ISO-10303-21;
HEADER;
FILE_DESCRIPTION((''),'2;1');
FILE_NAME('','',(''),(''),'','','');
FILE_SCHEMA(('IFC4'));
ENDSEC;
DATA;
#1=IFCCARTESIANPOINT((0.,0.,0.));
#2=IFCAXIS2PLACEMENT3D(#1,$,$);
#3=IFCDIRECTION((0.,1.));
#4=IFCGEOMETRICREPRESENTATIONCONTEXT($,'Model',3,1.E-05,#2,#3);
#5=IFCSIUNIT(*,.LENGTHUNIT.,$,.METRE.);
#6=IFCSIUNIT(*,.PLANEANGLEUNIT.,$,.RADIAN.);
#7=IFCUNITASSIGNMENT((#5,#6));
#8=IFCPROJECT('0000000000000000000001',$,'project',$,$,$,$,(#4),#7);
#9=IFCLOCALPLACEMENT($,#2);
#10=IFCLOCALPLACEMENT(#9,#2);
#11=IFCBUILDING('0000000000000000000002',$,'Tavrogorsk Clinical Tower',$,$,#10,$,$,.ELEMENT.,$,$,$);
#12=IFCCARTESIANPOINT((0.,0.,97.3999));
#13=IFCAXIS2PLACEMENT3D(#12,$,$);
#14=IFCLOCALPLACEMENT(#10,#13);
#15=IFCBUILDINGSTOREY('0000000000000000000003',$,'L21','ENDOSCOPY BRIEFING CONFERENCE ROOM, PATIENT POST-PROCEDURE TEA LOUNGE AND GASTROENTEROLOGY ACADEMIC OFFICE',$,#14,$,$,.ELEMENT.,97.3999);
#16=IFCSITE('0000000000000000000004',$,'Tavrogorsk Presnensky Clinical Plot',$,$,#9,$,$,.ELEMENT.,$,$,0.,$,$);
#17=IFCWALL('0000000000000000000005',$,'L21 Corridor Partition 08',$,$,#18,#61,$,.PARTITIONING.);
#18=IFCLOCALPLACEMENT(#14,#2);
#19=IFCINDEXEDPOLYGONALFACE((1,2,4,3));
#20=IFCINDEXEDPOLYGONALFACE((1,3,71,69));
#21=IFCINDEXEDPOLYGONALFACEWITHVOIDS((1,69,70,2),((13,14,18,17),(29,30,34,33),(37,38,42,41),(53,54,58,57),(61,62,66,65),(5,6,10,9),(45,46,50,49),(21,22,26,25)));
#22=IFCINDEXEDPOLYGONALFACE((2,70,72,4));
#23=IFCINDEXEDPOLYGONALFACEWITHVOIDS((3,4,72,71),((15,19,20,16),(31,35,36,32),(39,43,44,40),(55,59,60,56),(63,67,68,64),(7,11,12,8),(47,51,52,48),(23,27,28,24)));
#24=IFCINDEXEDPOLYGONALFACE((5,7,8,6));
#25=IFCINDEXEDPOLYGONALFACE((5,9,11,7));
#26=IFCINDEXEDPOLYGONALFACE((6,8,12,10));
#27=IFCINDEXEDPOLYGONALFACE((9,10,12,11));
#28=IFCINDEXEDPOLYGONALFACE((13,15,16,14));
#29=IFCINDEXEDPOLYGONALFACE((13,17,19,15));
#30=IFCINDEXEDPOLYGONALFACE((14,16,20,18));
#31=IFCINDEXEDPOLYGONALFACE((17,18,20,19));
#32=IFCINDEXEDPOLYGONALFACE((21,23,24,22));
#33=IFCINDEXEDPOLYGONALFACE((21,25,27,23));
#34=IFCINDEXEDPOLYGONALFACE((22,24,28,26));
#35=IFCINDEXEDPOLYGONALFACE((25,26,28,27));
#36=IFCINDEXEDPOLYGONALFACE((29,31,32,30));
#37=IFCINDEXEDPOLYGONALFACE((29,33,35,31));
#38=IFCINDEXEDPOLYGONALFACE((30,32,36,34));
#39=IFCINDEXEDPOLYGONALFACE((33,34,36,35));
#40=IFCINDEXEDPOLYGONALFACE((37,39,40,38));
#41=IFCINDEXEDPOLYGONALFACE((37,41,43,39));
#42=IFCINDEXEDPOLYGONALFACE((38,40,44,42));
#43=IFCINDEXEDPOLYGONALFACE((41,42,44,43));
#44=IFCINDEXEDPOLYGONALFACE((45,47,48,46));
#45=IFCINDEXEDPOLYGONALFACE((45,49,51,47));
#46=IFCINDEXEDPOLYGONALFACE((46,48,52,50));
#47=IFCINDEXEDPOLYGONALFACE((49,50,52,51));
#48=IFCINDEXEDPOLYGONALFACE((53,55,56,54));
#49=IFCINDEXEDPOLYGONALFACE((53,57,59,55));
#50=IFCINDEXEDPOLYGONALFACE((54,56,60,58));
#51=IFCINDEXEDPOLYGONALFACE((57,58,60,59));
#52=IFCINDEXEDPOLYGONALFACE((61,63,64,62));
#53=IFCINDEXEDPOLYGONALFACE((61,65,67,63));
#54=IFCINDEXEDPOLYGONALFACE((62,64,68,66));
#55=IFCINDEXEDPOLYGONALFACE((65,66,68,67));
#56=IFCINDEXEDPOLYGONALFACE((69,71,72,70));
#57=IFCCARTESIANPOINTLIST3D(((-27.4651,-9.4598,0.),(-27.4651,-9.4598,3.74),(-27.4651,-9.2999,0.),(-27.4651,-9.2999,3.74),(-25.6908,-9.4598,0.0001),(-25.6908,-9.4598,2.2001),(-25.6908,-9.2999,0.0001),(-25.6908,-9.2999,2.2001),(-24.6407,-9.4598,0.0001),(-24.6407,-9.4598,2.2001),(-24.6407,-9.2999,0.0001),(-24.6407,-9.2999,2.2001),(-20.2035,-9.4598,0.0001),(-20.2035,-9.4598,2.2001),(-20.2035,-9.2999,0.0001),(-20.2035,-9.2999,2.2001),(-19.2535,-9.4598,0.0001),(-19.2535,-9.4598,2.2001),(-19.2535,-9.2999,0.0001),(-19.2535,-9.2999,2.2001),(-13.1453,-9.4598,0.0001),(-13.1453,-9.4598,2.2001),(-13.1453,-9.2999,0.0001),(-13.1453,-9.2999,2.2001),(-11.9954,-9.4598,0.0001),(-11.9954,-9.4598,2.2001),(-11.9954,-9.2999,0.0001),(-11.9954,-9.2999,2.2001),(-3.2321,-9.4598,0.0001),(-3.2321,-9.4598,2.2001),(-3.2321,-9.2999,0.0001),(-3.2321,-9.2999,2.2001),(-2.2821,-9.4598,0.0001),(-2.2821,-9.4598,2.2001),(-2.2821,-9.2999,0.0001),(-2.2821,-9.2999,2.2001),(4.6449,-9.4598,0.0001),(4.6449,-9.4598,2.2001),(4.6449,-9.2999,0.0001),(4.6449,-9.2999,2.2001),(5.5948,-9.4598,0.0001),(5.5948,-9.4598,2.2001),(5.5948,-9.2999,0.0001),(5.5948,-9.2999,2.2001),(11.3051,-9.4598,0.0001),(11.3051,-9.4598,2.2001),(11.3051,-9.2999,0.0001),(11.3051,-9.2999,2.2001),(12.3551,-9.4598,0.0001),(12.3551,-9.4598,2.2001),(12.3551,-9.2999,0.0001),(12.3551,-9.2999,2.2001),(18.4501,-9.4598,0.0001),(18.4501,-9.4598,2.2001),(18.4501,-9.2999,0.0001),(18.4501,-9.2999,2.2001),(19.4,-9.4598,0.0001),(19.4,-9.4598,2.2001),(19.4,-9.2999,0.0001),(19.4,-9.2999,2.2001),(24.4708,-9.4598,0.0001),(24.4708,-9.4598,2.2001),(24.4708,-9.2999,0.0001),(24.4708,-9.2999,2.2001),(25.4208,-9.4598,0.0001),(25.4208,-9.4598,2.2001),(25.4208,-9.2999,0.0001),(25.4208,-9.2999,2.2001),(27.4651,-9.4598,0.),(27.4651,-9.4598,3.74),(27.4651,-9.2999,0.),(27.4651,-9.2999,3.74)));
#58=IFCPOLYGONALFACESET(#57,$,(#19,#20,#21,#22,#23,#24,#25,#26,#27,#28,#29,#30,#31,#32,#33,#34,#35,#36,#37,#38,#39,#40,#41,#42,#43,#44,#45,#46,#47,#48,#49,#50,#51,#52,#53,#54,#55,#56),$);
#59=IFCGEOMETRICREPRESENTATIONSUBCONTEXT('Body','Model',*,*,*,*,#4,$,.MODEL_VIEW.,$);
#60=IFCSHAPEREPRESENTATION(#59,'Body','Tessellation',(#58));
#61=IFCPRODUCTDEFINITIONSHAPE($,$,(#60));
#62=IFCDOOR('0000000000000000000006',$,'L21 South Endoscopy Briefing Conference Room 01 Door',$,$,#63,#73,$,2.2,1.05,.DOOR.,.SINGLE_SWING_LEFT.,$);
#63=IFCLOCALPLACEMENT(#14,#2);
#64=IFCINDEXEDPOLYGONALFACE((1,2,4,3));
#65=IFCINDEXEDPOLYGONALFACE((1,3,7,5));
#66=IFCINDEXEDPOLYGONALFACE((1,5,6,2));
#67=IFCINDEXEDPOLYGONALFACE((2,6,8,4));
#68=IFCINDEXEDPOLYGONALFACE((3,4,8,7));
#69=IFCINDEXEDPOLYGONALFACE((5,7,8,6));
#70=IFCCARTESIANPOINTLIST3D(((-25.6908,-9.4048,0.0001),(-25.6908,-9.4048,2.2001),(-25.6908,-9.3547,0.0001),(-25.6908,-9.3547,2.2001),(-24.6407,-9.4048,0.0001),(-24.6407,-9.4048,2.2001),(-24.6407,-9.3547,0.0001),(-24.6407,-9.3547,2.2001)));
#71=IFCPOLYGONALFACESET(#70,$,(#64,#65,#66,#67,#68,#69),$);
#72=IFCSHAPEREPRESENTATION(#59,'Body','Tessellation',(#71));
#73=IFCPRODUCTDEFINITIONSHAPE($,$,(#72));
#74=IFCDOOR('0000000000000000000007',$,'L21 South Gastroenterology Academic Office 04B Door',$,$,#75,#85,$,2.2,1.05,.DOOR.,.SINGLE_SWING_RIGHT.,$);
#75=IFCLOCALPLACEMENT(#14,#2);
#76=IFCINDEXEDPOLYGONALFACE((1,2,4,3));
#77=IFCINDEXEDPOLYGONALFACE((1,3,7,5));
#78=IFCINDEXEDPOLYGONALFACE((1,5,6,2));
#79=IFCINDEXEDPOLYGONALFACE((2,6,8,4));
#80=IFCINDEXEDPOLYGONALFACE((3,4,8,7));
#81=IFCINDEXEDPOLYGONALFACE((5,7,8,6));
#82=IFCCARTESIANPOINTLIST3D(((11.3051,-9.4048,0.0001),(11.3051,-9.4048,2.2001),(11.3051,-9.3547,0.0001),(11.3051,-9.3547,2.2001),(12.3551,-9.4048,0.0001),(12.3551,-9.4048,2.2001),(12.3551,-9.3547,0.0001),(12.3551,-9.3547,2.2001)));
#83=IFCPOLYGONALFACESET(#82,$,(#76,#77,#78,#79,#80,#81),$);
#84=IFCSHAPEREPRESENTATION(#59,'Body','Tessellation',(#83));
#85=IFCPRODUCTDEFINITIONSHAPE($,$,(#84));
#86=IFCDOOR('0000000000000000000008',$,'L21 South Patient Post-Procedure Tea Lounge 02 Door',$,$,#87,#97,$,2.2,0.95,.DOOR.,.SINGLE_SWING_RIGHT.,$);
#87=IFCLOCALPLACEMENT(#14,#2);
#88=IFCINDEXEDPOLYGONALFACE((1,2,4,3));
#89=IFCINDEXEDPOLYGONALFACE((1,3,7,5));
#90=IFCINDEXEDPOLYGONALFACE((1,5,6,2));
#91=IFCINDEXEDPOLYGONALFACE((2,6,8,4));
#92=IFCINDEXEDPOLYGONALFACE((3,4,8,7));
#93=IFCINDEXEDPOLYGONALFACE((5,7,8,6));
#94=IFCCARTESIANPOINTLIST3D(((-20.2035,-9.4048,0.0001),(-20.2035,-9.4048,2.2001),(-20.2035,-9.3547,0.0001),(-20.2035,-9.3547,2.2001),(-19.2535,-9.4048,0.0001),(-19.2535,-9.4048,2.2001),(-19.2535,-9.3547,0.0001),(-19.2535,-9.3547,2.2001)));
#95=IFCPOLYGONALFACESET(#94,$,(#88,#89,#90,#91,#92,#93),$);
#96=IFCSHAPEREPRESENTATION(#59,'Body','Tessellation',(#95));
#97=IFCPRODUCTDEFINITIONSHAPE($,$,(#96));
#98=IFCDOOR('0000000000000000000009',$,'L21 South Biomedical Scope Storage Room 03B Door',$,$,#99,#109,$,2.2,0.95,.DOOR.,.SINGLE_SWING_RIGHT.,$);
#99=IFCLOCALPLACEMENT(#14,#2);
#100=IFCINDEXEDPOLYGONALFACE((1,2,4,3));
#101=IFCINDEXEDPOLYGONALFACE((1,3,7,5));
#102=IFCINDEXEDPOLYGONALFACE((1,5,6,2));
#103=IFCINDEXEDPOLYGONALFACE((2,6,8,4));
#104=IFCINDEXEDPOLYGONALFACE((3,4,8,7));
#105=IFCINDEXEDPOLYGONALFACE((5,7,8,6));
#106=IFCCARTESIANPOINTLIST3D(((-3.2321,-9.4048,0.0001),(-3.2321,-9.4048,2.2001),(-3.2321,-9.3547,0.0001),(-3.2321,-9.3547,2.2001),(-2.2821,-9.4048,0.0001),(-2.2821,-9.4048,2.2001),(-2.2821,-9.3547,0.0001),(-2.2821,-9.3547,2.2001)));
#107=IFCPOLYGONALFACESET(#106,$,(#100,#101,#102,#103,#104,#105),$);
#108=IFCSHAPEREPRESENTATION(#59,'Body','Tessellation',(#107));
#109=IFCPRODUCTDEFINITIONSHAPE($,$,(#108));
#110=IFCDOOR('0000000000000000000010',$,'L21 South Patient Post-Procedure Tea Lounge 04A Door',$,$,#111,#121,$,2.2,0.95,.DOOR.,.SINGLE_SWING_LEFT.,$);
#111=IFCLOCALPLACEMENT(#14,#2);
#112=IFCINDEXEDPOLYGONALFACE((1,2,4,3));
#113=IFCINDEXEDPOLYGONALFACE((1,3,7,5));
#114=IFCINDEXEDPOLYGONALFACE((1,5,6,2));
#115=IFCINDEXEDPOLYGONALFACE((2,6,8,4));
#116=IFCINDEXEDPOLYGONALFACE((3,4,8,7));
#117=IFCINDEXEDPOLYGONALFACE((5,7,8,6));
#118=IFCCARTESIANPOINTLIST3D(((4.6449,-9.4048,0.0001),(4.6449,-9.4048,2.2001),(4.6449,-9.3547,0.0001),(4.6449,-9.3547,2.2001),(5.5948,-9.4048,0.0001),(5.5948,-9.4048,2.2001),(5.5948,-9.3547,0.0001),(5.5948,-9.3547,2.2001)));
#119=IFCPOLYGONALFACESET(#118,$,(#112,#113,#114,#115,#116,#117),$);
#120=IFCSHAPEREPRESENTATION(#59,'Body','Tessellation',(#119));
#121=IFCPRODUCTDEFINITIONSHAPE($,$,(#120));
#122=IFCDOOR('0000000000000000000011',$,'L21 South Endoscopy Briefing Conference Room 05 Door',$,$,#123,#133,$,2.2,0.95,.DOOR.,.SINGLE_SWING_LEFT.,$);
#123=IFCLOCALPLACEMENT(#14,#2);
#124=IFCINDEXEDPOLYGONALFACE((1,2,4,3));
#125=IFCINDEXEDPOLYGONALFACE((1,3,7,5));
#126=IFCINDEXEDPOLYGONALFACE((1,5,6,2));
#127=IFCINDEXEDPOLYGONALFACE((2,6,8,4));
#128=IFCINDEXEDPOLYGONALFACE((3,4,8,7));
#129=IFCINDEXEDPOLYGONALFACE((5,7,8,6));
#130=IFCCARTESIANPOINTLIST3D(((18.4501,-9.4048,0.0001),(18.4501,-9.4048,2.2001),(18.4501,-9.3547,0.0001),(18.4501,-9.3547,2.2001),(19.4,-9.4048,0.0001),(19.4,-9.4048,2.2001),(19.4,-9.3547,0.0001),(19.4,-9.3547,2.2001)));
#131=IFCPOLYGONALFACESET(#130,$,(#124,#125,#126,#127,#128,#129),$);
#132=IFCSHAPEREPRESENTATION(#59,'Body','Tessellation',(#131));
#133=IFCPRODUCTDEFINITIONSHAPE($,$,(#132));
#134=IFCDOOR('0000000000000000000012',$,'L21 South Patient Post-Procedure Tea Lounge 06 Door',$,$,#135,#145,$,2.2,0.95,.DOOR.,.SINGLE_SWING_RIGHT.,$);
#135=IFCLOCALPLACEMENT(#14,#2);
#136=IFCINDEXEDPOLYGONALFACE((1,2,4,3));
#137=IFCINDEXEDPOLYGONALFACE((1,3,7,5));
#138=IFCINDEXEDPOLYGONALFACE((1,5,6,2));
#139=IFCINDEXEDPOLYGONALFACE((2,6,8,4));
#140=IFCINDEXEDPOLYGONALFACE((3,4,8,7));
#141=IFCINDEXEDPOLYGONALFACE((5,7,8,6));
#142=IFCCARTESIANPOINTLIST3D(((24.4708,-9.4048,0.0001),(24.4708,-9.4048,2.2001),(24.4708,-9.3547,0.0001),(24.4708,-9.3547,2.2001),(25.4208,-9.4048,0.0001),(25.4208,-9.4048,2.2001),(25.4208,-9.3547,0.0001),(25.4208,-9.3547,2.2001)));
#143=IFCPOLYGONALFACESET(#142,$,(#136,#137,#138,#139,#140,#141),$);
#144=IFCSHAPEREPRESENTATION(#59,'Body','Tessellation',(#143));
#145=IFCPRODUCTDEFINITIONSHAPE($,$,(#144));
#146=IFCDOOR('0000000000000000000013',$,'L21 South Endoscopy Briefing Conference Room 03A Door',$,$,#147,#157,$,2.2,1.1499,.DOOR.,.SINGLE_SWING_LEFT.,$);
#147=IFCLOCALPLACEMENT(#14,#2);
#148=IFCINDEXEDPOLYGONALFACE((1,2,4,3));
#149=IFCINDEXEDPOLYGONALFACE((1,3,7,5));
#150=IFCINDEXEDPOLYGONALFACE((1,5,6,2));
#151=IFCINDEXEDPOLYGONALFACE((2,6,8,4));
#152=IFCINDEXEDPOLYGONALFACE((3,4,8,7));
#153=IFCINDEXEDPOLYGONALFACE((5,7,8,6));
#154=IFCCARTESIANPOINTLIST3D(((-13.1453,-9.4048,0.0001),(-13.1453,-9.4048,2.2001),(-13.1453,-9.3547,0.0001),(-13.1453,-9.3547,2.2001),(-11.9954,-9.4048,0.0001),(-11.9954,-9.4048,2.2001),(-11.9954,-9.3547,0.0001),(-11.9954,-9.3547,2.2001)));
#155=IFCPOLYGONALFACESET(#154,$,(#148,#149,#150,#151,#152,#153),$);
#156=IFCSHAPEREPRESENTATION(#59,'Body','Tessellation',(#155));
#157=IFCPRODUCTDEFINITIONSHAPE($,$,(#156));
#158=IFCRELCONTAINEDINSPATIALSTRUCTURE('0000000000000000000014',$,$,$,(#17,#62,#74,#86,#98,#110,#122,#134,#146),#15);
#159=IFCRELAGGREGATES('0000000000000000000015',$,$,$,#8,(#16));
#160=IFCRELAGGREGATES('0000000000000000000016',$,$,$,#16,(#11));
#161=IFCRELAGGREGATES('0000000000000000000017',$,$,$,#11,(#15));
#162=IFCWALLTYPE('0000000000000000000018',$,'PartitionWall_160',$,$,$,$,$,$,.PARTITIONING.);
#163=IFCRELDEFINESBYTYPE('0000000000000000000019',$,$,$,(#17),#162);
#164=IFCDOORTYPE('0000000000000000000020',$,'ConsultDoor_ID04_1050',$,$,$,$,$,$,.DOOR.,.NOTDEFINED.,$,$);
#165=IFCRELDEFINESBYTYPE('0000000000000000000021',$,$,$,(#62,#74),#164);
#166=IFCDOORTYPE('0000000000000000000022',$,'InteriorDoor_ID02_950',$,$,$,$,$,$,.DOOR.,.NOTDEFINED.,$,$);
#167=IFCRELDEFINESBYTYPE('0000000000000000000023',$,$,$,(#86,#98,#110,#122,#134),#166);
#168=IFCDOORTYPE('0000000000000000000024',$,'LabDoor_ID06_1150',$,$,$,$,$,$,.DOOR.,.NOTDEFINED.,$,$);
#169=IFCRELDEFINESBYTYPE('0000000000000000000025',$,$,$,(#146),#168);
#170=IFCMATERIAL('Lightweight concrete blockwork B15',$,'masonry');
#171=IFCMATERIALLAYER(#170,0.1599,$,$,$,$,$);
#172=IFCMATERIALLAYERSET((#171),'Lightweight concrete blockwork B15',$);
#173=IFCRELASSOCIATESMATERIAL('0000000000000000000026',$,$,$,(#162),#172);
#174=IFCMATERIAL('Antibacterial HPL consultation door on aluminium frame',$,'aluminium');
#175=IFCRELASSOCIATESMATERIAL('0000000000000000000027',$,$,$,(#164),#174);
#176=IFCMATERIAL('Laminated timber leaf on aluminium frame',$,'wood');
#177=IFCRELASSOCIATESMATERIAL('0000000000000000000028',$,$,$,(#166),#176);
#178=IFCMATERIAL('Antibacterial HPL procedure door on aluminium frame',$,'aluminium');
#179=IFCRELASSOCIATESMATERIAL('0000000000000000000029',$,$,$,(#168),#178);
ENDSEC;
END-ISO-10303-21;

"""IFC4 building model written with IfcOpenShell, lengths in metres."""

from ifc_helpers import new_model, si_unit, direction, frame, frame_2d, origin, place, context, subcontext, project, spatial, rectangle, extrude, material, layer, layer_set, type_object, element, fill, save


model = new_model("IFC4")

# Units and contexts
model_context = context("Model", 3, precision=1e-05, world=origin(), true_north=direction((0.0, 1.0)))
body_context = subcontext(model_context, "Body", "Model", "MODEL_VIEW")
ifc_project = project(units=[si_unit("LENGTHUNIT", "METRE"), si_unit("PLANEANGLEUNIT", "RADIAN")], contexts=[model_context])

# Site, building, storey
site_placement = place(None, origin())
site = spatial("IfcSite", under=ifc_project, at=site_placement, Name="Tavrogorsk Presnensky Clinical Plot", CompositionType="ELEMENT", RefElevation=0.0)
building_placement = place(site_placement, origin())
building = spatial("IfcBuilding", under=site, at=building_placement, Name="Tavrogorsk Clinical Tower", CompositionType="ELEMENT")
storey_placement = place(building_placement, frame((0.0, 0.0, 97.3999)))
storey = spatial("IfcBuildingStorey", under=building, at=storey_placement, Name="L21", Description="ENDOSCOPY BRIEFING CONFERENCE ROOM, PATIENT POST-PROCEDURE TEA LOUNGE AND GASTROENTEROLOGY ACADEMIC OFFICE", CompositionType="ELEMENT", Elevation=97.3999)

# Wall, openings, doors
ifc_material_1 = material(Name="Lightweight concrete blockwork B15", Category="masonry")
ifc_layer_1 = layer(ifc_material_1, 0.1599)
ifc_layer_set_1 = layer_set([ifc_layer_1], Name="Lightweight concrete blockwork B15")
wall_type_1 = type_object("IfcWallType", Name="PartitionWall_160", PredefinedType="PARTITIONING", material=ifc_layer_set_1)
wall_1_placement = place(storey_placement, frame((27.4651, -9.3799, 0.0), z_axis=(0.0, 0.0, 1.0), x_axis=(-1.0, 0.0, 0.0)))
wall_1 = element("IfcWall", 1, at=wall_1_placement, inside=storey, type_object=wall_type_1, Name="L21 Corridor Partition 08", PredefinedType="PARTITIONING", context=body_context, shape_type="SweptSolid", body=[
    extrude(rectangle(XDim=54.9302, YDim=0.1599, at=frame_2d((27.4651, 0.0))), origin(), (0.0, 0.0, 1.0), 3.74),
])
opening_1_placement = place(wall_1_placement, frame((52.106, 0.0, 0.0)))
opening_1 = element("IfcOpeningElement", 2, at=opening_1_placement, cuts=wall_1, PredefinedType="OPENING", context=body_context, shape_type="SweptSolid", body=[
    extrude(rectangle(XDim=1.05, YDim=2.2, at=frame_2d((0.5249, 1.1001))), frame((0.0, 0.0898, 0.0), z_axis=(0.0, -1.0, 0.0), x_axis=(1.0, 0.0, 0.0)), (0.0, 0.0, 1.0), 0.1799),
])
opening_2_placement = place(wall_1_placement, frame((46.7185, 0.0, 0.0)))
opening_2 = element("IfcOpeningElement", 3, at=opening_2_placement, cuts=wall_1, PredefinedType="OPENING", context=body_context, shape_type="SweptSolid", body=[
    extrude(rectangle(XDim=0.95, YDim=2.2, at=frame_2d((0.4751, 1.1001))), frame((0.0, 0.0898, 0.0), z_axis=(0.0, -1.0, 0.0), x_axis=(1.0, 0.0, 0.0)), (0.0, 0.0, 1.0), 0.1799),
])
opening_3_placement = place(wall_1_placement, frame((39.4604, 0.0, 0.0)))
opening_3 = element("IfcOpeningElement", 4, at=opening_3_placement, cuts=wall_1, PredefinedType="OPENING", context=body_context, shape_type="SweptSolid", body=[
    extrude(rectangle(XDim=1.1499, YDim=2.2, at=frame_2d((0.575, 1.1001))), frame((0.0, 0.0898, 0.0), z_axis=(0.0, -1.0, 0.0), x_axis=(1.0, 0.0, 0.0)), (0.0, 0.0, 1.0), 0.1799),
])
opening_4_placement = place(wall_1_placement, frame((29.7471, 0.0, 0.0)))
opening_4 = element("IfcOpeningElement", 5, at=opening_4_placement, cuts=wall_1, PredefinedType="OPENING", context=body_context, shape_type="SweptSolid", body=[
    extrude(rectangle(XDim=0.95, YDim=2.2, at=frame_2d((0.4751, 1.1001))), frame((0.0, 0.0898, 0.0), z_axis=(0.0, -1.0, 0.0), x_axis=(1.0, 0.0, 0.0)), (0.0, 0.0, 1.0), 0.1799),
])
opening_5_placement = place(wall_1_placement, frame((21.8701, 0.0, 0.0)))
opening_5 = element("IfcOpeningElement", 6, at=opening_5_placement, cuts=wall_1, PredefinedType="OPENING", context=body_context, shape_type="SweptSolid", body=[
    extrude(rectangle(XDim=0.95, YDim=2.2, at=frame_2d((0.4751, 1.1001))), frame((0.0, 0.0898, 0.0), z_axis=(0.0, -1.0, 0.0), x_axis=(1.0, 0.0, 0.0)), (0.0, 0.0, 1.0), 0.1799),
])
opening_6_placement = place(wall_1_placement, frame((15.1101, 0.0, 0.0)))
opening_6 = element("IfcOpeningElement", 7, at=opening_6_placement, cuts=wall_1, PredefinedType="OPENING", context=body_context, shape_type="SweptSolid", body=[
    extrude(rectangle(XDim=1.05, YDim=2.2, at=frame_2d((0.5249, 1.1001))), frame((0.0, 0.0898, 0.0), z_axis=(0.0, -1.0, 0.0), x_axis=(1.0, 0.0, 0.0)), (0.0, 0.0, 1.0), 0.1799),
])
opening_7_placement = place(wall_1_placement, frame((8.0649, 0.0, 0.0)))
opening_7 = element("IfcOpeningElement", 8, at=opening_7_placement, cuts=wall_1, PredefinedType="OPENING", context=body_context, shape_type="SweptSolid", body=[
    extrude(rectangle(XDim=0.95, YDim=2.2, at=frame_2d((0.4751, 1.1001))), frame((0.0, 0.0898, 0.0), z_axis=(0.0, -1.0, 0.0), x_axis=(1.0, 0.0, 0.0)), (0.0, 0.0, 1.0), 0.1799),
])
opening_8_placement = place(wall_1_placement, frame((2.0442, 0.0, 0.0)))
opening_8 = element("IfcOpeningElement", 9, at=opening_8_placement, cuts=wall_1, PredefinedType="OPENING", context=body_context, shape_type="SweptSolid", body=[
    extrude(rectangle(XDim=0.95, YDim=2.2, at=frame_2d((0.4751, 1.1001))), frame((0.0, 0.0898, 0.0), z_axis=(0.0, -1.0, 0.0), x_axis=(1.0, 0.0, 0.0)), (0.0, 0.0, 1.0), 0.1799),
])
ifc_material_2 = material(Name="Antibacterial HPL consultation door on aluminium frame", Category="aluminium")
door_type_1 = type_object("IfcDoorType", Name="ConsultDoor_ID04_1050", OperationType="NOTDEFINED", PredefinedType="DOOR", material=ifc_material_2)
door_1_placement = place(opening_1_placement, origin())
door_1 = element("IfcDoor", 10, at=door_1_placement, inside=storey, type_object=door_type_1, Name="L21 South Endoscopy Briefing Conference Room 01 Door", OperationType="SINGLE_SWING_LEFT", OverallHeight=2.2, OverallWidth=1.05, PredefinedType="DOOR", context=body_context, shape_type="SweptSolid", body=[
    extrude(rectangle(XDim=1.05, YDim=2.2, at=frame_2d((0.5249, 1.1001))), frame((0.0, 0.0249, 0.0), z_axis=(0.0, -1.0, 0.0), x_axis=(1.0, 0.0, 0.0)), (0.0, 0.0, 1.0), 0.05),
])
fill(opening_1, door_1)
door_2_placement = place(opening_6_placement, origin())
door_2 = element("IfcDoor", 11, at=door_2_placement, inside=storey, type_object=door_type_1, Name="L21 South Gastroenterology Academic Office 04B Door", OperationType="SINGLE_SWING_RIGHT", OverallHeight=2.2, OverallWidth=1.05, PredefinedType="DOOR", context=body_context, shape_type="SweptSolid", body=[
    extrude(rectangle(XDim=1.05, YDim=2.2, at=frame_2d((0.5249, 1.1001))), frame((0.0, 0.0249, 0.0), z_axis=(0.0, -1.0, 0.0), x_axis=(1.0, 0.0, 0.0)), (0.0, 0.0, 1.0), 0.05),
])
fill(opening_6, door_2)
ifc_material_3 = material(Name="Laminated timber leaf on aluminium frame", Category="wood")
door_type_2 = type_object("IfcDoorType", Name="InteriorDoor_ID02_950", OperationType="NOTDEFINED", PredefinedType="DOOR", material=ifc_material_3)
door_3_placement = place(opening_2_placement, origin())
door_3 = element("IfcDoor", 12, at=door_3_placement, inside=storey, type_object=door_type_2, Name="L21 South Patient Post-Procedure Tea Lounge 02 Door", OperationType="SINGLE_SWING_RIGHT", OverallHeight=2.2, OverallWidth=0.95, PredefinedType="DOOR", context=body_context, shape_type="SweptSolid", body=[
    extrude(rectangle(XDim=0.95, YDim=2.2, at=frame_2d((0.4751, 1.1001))), frame((0.0, 0.0249, 0.0), z_axis=(0.0, -1.0, 0.0), x_axis=(1.0, 0.0, 0.0)), (0.0, 0.0, 1.0), 0.05),
])
fill(opening_2, door_3)
door_4_placement = place(opening_4_placement, origin())
door_4 = element("IfcDoor", 13, at=door_4_placement, inside=storey, type_object=door_type_2, Name="L21 South Biomedical Scope Storage Room 03B Door", OperationType="SINGLE_SWING_RIGHT", OverallHeight=2.2, OverallWidth=0.95, PredefinedType="DOOR", context=body_context, shape_type="SweptSolid", body=[
    extrude(rectangle(XDim=0.95, YDim=2.2, at=frame_2d((0.4751, 1.1001))), frame((0.0, 0.0249, 0.0), z_axis=(0.0, -1.0, 0.0), x_axis=(1.0, 0.0, 0.0)), (0.0, 0.0, 1.0), 0.05),
])
fill(opening_4, door_4)
door_5_placement = place(opening_5_placement, origin())
door_5 = element("IfcDoor", 14, at=door_5_placement, inside=storey, type_object=door_type_2, Name="L21 South Patient Post-Procedure Tea Lounge 04A Door", OperationType="SINGLE_SWING_LEFT", OverallHeight=2.2, OverallWidth=0.95, PredefinedType="DOOR", context=body_context, shape_type="SweptSolid", body=[
    extrude(rectangle(XDim=0.95, YDim=2.2, at=frame_2d((0.4751, 1.1001))), frame((0.0, 0.0249, 0.0), z_axis=(0.0, -1.0, 0.0), x_axis=(1.0, 0.0, 0.0)), (0.0, 0.0, 1.0), 0.05),
])
fill(opening_5, door_5)
door_6_placement = place(opening_7_placement, origin())
door_6 = element("IfcDoor", 15, at=door_6_placement, inside=storey, type_object=door_type_2, Name="L21 South Endoscopy Briefing Conference Room 05 Door", OperationType="SINGLE_SWING_LEFT", OverallHeight=2.2, OverallWidth=0.95, PredefinedType="DOOR", context=body_context, shape_type="SweptSolid", body=[
    extrude(rectangle(XDim=0.95, YDim=2.2, at=frame_2d((0.4751, 1.1001))), frame((0.0, 0.0249, 0.0), z_axis=(0.0, -1.0, 0.0), x_axis=(1.0, 0.0, 0.0)), (0.0, 0.0, 1.0), 0.05),
])
fill(opening_7, door_6)
door_7_placement = place(opening_8_placement, origin())
door_7 = element("IfcDoor", 16, at=door_7_placement, inside=storey, type_object=door_type_2, Name="L21 South Patient Post-Procedure Tea Lounge 06 Door", OperationType="SINGLE_SWING_RIGHT", OverallHeight=2.2, OverallWidth=0.95, PredefinedType="DOOR", context=body_context, shape_type="SweptSolid", body=[
    extrude(rectangle(XDim=0.95, YDim=2.2, at=frame_2d((0.4751, 1.1001))), frame((0.0, 0.0249, 0.0), z_axis=(0.0, -1.0, 0.0), x_axis=(1.0, 0.0, 0.0)), (0.0, 0.0, 1.0), 0.05),
])
fill(opening_8, door_7)
ifc_material_4 = material(Name="Antibacterial HPL procedure door on aluminium frame", Category="aluminium")
door_type_3 = type_object("IfcDoorType", Name="LabDoor_ID06_1150", OperationType="NOTDEFINED", PredefinedType="DOOR", material=ifc_material_4)
door_8_placement = place(opening_3_placement, origin())
door_8 = element("IfcDoor", 17, at=door_8_placement, inside=storey, type_object=door_type_3, Name="L21 South Endoscopy Briefing Conference Room 03A Door", OperationType="SINGLE_SWING_LEFT", OverallHeight=2.2, OverallWidth=1.1499, PredefinedType="DOOR", context=body_context, shape_type="SweptSolid", body=[
    extrude(rectangle(XDim=1.1499, YDim=2.2, at=frame_2d((0.575, 1.1001))), frame((0.0, 0.0249, 0.0), z_axis=(0.0, -1.0, 0.0), x_axis=(1.0, 0.0, 0.0)), (0.0, 0.0, 1.0), 0.05),
])
fill(opening_3, door_8)

save(model, "model.ifc")
